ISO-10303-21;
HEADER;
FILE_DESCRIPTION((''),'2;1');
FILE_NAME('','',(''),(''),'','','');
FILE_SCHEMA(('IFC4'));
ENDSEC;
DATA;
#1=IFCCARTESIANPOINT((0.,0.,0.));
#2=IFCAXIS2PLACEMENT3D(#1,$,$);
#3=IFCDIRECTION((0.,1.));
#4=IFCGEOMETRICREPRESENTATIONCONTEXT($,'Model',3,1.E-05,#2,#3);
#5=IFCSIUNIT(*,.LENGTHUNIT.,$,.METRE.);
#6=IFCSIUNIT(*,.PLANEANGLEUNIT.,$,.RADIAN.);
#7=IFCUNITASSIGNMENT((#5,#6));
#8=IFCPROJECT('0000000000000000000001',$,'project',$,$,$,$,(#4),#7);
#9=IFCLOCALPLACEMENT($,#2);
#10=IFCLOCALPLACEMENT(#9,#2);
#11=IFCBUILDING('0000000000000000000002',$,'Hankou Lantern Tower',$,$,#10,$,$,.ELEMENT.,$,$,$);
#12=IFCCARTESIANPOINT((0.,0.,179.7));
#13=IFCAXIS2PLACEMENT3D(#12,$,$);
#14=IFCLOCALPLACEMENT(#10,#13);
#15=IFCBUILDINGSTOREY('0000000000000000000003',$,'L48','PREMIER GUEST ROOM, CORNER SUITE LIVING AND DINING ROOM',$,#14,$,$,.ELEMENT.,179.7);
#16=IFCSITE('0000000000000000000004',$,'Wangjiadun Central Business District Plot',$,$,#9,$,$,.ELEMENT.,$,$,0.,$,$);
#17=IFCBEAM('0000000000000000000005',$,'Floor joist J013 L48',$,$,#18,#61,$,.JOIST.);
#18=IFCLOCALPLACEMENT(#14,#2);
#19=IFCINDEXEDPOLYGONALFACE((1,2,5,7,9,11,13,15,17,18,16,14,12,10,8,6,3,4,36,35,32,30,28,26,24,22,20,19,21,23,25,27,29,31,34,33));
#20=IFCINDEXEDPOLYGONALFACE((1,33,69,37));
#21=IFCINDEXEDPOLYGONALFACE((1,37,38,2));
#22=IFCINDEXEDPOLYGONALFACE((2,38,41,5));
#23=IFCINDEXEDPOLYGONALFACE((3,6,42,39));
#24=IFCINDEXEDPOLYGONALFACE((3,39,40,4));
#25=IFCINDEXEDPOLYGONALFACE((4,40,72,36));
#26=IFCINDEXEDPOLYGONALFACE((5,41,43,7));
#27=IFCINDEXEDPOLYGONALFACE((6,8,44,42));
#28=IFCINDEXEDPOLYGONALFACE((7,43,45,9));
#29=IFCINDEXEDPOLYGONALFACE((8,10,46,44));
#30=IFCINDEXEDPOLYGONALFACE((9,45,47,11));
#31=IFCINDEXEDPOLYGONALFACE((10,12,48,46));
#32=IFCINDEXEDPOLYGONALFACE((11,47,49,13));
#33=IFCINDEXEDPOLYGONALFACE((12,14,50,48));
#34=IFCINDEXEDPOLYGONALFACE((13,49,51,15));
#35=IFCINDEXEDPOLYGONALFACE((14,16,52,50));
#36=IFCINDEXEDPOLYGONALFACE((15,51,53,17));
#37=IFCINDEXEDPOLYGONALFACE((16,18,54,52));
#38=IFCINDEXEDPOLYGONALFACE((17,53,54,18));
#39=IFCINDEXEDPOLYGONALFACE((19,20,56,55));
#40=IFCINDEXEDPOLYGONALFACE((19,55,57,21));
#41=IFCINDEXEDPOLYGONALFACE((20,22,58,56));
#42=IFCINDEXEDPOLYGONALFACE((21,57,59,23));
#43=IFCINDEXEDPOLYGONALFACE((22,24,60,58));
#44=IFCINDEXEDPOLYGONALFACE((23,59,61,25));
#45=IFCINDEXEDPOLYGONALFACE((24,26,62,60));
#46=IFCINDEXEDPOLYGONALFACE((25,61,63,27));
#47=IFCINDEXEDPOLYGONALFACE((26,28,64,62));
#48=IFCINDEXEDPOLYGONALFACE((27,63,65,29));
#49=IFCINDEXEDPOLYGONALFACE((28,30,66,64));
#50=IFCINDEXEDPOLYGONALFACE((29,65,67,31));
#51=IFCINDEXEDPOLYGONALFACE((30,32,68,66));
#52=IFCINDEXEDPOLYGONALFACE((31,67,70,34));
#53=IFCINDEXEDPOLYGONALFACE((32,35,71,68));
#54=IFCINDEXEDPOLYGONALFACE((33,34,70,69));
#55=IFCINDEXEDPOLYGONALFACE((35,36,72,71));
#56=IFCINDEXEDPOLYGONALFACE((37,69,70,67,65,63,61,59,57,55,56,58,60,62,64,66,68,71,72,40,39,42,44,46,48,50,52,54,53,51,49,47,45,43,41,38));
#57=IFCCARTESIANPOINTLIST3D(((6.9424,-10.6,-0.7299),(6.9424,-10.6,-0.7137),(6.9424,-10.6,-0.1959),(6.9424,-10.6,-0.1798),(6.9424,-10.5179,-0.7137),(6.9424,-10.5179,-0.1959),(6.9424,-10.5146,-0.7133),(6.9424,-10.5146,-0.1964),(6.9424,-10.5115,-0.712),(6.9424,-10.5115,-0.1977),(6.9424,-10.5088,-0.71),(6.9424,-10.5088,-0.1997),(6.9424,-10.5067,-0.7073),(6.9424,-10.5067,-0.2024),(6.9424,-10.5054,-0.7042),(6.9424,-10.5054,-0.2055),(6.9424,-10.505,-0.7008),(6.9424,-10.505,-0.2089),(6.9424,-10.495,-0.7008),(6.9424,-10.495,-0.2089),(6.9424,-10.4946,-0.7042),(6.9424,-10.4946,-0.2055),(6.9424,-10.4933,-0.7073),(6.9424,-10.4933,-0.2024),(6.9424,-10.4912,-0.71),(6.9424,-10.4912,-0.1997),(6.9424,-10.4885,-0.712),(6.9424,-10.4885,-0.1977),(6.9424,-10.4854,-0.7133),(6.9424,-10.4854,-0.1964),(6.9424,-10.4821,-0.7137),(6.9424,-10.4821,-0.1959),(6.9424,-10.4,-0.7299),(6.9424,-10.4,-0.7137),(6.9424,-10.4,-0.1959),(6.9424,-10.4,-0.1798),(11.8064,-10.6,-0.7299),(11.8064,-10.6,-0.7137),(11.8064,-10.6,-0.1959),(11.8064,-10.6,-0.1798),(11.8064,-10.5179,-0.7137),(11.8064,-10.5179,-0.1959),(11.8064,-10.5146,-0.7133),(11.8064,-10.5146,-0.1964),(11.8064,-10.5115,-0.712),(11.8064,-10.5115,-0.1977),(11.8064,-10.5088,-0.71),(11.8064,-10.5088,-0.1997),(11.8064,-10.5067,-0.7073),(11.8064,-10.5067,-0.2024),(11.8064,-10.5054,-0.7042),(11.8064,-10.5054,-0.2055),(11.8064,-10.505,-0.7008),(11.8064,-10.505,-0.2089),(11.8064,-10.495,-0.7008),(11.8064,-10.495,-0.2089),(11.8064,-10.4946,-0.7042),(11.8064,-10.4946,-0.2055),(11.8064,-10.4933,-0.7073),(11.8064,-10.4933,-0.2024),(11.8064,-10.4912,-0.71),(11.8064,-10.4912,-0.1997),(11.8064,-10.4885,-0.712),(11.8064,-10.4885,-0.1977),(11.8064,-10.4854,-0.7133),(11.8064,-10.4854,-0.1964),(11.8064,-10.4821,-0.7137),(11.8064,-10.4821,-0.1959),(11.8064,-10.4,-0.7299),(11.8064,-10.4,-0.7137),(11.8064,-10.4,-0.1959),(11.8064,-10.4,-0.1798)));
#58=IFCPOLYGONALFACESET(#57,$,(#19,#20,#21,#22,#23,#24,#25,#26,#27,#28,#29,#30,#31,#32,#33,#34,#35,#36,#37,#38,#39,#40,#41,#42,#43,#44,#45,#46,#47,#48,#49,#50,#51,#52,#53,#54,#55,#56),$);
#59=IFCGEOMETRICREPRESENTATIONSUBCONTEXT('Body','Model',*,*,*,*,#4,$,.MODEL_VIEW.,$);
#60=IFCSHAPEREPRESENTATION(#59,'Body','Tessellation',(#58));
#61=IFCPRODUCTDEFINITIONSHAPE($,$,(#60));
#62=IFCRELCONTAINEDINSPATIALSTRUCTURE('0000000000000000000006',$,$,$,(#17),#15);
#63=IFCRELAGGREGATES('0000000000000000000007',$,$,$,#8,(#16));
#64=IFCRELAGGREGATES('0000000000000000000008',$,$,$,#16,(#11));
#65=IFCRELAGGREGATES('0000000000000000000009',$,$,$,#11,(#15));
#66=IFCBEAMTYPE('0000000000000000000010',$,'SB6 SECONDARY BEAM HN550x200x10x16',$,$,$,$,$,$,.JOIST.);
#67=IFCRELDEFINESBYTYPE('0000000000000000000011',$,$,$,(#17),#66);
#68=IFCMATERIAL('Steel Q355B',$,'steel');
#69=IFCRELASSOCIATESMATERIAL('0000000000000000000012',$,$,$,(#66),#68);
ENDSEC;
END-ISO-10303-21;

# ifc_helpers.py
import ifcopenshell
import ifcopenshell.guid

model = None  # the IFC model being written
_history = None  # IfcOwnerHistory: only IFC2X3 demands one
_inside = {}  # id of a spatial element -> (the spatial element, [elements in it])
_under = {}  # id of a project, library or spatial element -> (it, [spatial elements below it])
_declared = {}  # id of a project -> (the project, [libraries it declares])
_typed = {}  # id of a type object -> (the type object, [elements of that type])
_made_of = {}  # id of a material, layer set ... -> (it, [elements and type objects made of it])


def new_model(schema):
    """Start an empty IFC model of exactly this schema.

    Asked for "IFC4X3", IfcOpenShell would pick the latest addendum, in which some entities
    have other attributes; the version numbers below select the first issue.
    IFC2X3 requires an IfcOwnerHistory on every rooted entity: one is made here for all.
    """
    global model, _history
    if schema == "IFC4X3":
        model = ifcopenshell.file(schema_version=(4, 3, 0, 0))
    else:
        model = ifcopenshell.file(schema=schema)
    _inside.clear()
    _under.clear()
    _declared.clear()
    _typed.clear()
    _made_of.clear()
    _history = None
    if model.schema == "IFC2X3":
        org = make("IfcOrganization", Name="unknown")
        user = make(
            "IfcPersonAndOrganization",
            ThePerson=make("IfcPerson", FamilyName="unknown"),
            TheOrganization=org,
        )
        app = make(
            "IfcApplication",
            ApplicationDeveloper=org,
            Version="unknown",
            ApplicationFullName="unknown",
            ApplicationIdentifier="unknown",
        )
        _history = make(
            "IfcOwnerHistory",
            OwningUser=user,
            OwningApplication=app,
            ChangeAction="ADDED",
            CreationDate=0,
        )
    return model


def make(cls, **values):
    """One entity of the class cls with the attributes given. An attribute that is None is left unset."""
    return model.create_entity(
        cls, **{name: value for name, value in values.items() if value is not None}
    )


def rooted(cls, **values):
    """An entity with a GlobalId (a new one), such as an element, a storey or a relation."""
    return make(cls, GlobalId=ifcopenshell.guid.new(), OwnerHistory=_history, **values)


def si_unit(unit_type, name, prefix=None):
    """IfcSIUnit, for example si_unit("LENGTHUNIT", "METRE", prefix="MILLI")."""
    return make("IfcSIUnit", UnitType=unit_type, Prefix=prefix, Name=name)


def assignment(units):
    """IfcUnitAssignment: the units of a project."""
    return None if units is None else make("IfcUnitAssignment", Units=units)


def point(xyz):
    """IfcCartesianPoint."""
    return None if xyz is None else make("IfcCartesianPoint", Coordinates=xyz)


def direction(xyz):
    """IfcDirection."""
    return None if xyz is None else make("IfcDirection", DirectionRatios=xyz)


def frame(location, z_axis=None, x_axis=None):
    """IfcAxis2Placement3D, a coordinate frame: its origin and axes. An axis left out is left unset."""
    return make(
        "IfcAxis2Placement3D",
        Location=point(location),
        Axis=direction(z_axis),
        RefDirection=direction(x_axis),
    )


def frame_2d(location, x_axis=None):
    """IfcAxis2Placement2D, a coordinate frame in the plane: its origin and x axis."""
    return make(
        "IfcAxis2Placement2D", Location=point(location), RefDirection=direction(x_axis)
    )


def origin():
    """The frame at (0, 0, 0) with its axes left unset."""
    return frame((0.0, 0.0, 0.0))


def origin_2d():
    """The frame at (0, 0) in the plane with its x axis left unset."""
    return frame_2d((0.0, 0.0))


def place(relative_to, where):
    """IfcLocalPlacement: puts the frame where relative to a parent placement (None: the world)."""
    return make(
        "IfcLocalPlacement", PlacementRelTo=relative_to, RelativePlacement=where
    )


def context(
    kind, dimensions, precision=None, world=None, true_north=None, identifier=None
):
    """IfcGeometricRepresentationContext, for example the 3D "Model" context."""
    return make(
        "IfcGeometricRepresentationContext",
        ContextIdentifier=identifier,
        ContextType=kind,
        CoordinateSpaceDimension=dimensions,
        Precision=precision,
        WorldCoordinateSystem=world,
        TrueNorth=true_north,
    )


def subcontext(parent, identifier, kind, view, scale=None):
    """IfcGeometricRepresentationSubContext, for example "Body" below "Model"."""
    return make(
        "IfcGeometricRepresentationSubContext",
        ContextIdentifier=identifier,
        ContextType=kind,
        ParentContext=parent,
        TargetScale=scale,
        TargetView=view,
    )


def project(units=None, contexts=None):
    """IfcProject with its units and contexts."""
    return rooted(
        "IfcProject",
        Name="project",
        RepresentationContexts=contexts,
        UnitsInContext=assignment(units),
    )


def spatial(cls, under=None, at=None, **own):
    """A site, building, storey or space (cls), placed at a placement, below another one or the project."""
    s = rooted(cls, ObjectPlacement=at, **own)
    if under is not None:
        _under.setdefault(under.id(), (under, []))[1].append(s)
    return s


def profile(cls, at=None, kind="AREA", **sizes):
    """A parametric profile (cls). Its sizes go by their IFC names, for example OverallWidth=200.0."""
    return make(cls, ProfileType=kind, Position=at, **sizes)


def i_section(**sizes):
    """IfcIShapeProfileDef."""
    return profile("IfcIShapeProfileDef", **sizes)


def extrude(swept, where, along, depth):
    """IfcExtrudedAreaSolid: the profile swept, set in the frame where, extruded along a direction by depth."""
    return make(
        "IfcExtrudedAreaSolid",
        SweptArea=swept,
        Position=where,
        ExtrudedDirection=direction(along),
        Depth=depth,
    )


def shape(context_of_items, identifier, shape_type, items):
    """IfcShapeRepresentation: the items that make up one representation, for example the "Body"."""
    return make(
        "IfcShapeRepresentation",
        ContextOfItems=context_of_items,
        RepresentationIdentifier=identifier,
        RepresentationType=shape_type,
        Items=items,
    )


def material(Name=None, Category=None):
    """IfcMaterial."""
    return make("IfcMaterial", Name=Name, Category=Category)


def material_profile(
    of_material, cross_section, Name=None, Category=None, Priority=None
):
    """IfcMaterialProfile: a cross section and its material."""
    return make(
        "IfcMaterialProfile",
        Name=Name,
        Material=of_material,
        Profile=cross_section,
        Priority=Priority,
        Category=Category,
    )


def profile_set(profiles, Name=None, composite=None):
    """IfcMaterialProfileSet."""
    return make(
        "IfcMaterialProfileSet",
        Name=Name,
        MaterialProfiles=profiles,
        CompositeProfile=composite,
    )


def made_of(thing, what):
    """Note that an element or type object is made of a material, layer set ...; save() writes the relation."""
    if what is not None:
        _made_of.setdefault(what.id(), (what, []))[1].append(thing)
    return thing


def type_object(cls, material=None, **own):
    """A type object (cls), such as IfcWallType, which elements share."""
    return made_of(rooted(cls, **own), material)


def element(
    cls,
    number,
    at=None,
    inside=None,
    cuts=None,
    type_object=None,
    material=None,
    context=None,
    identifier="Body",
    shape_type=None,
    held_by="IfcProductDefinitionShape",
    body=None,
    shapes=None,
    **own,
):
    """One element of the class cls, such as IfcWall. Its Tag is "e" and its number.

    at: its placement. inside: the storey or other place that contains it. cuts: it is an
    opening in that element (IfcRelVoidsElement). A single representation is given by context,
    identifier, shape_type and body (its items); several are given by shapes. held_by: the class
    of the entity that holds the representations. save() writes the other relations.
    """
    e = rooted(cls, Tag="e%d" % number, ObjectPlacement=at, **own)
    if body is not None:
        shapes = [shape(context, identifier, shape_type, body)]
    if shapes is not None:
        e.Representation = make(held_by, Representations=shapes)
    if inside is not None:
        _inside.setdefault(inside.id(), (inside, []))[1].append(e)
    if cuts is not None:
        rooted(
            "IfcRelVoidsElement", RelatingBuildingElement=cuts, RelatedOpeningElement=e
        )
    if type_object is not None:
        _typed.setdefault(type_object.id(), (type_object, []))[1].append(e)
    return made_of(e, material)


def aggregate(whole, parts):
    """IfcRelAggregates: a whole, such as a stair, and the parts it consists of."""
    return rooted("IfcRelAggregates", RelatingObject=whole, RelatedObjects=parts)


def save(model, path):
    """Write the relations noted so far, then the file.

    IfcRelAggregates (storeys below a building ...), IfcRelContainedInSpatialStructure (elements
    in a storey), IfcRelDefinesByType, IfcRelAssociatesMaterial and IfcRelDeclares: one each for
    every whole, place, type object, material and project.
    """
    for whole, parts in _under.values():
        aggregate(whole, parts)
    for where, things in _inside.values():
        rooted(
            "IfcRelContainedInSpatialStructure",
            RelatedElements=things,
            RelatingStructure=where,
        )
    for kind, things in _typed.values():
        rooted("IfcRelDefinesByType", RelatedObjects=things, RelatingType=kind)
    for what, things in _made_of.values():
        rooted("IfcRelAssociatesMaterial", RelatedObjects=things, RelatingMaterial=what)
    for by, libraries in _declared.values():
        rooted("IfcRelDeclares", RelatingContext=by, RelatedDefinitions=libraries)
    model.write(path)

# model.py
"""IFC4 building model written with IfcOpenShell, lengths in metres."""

from ifc_helpers import new_model, si_unit, direction, frame, origin, origin_2d, place, context, subcontext, project, spatial, i_section, extrude, material, material_profile, profile_set, type_object, element, save


model = new_model("IFC4")

# Units and contexts
model_context = context("Model", 3, precision=1e-05, world=origin(), true_north=direction((0.0, 1.0)))
body_context = subcontext(model_context, "Body", "Model", "MODEL_VIEW")
ifc_project = project(units=[si_unit("LENGTHUNIT", "METRE"), si_unit("PLANEANGLEUNIT", "RADIAN")], contexts=[model_context])

# Site, building, storey
site_placement = place(None, origin())
site = spatial("IfcSite", under=ifc_project, at=site_placement, Name="Wangjiadun Central Business District Plot", CompositionType="ELEMENT", RefElevation=0.0)
building_placement = place(site_placement, origin())
building = spatial("IfcBuilding", under=site, at=building_placement, Name="Hankou Lantern Tower", CompositionType="ELEMENT")
storey_placement = place(building_placement, frame((0.0, 0.0, 179.7)))
storey = spatial("IfcBuildingStorey", under=building, at=storey_placement, Name="L48", Description="PREMIER GUEST ROOM, CORNER SUITE LIVING AND DINING ROOM", CompositionType="ELEMENT", Elevation=179.7)

# Beam
ifc_material_1 = material(Name="Steel Q355B", Category="steel")
ifc_material_profile_1 = material_profile(ifc_material_1, i_section(OverallWidth=0.2, OverallDepth=0.55, WebThickness=0.01, FlangeThickness=0.0161, FilletRadius=0.0129, at=origin_2d()), Name="HN550x200x10x16")
ifc_profile_set_1 = profile_set([ifc_material_profile_1], Name="Steel Q355B")
beam_type_1 = type_object("IfcBeamType", Name="SB6 SECONDARY BEAM HN550x200x10x16", PredefinedType="JOIST", material=ifc_profile_set_1)
beam_1_placement = place(storey_placement, frame((6.9424, -10.5, -0.4548), z_axis=(1.0, 0.0, 0.0), x_axis=(0.0, 1.0, 0.0)))
element("IfcBeam", 1, at=beam_1_placement, inside=storey, type_object=beam_type_1, Name="Floor joist J013 L48", PredefinedType="JOIST", context=body_context, shape_type="SweptSolid", body=[
    extrude(i_section(OverallWidth=0.2, OverallDepth=0.55, WebThickness=0.01, FlangeThickness=0.0161, FilletRadius=0.0129, at=origin_2d()), origin(), (0.0, 0.0, 1.0), 4.864),
])

save(model, "model.ifc")
